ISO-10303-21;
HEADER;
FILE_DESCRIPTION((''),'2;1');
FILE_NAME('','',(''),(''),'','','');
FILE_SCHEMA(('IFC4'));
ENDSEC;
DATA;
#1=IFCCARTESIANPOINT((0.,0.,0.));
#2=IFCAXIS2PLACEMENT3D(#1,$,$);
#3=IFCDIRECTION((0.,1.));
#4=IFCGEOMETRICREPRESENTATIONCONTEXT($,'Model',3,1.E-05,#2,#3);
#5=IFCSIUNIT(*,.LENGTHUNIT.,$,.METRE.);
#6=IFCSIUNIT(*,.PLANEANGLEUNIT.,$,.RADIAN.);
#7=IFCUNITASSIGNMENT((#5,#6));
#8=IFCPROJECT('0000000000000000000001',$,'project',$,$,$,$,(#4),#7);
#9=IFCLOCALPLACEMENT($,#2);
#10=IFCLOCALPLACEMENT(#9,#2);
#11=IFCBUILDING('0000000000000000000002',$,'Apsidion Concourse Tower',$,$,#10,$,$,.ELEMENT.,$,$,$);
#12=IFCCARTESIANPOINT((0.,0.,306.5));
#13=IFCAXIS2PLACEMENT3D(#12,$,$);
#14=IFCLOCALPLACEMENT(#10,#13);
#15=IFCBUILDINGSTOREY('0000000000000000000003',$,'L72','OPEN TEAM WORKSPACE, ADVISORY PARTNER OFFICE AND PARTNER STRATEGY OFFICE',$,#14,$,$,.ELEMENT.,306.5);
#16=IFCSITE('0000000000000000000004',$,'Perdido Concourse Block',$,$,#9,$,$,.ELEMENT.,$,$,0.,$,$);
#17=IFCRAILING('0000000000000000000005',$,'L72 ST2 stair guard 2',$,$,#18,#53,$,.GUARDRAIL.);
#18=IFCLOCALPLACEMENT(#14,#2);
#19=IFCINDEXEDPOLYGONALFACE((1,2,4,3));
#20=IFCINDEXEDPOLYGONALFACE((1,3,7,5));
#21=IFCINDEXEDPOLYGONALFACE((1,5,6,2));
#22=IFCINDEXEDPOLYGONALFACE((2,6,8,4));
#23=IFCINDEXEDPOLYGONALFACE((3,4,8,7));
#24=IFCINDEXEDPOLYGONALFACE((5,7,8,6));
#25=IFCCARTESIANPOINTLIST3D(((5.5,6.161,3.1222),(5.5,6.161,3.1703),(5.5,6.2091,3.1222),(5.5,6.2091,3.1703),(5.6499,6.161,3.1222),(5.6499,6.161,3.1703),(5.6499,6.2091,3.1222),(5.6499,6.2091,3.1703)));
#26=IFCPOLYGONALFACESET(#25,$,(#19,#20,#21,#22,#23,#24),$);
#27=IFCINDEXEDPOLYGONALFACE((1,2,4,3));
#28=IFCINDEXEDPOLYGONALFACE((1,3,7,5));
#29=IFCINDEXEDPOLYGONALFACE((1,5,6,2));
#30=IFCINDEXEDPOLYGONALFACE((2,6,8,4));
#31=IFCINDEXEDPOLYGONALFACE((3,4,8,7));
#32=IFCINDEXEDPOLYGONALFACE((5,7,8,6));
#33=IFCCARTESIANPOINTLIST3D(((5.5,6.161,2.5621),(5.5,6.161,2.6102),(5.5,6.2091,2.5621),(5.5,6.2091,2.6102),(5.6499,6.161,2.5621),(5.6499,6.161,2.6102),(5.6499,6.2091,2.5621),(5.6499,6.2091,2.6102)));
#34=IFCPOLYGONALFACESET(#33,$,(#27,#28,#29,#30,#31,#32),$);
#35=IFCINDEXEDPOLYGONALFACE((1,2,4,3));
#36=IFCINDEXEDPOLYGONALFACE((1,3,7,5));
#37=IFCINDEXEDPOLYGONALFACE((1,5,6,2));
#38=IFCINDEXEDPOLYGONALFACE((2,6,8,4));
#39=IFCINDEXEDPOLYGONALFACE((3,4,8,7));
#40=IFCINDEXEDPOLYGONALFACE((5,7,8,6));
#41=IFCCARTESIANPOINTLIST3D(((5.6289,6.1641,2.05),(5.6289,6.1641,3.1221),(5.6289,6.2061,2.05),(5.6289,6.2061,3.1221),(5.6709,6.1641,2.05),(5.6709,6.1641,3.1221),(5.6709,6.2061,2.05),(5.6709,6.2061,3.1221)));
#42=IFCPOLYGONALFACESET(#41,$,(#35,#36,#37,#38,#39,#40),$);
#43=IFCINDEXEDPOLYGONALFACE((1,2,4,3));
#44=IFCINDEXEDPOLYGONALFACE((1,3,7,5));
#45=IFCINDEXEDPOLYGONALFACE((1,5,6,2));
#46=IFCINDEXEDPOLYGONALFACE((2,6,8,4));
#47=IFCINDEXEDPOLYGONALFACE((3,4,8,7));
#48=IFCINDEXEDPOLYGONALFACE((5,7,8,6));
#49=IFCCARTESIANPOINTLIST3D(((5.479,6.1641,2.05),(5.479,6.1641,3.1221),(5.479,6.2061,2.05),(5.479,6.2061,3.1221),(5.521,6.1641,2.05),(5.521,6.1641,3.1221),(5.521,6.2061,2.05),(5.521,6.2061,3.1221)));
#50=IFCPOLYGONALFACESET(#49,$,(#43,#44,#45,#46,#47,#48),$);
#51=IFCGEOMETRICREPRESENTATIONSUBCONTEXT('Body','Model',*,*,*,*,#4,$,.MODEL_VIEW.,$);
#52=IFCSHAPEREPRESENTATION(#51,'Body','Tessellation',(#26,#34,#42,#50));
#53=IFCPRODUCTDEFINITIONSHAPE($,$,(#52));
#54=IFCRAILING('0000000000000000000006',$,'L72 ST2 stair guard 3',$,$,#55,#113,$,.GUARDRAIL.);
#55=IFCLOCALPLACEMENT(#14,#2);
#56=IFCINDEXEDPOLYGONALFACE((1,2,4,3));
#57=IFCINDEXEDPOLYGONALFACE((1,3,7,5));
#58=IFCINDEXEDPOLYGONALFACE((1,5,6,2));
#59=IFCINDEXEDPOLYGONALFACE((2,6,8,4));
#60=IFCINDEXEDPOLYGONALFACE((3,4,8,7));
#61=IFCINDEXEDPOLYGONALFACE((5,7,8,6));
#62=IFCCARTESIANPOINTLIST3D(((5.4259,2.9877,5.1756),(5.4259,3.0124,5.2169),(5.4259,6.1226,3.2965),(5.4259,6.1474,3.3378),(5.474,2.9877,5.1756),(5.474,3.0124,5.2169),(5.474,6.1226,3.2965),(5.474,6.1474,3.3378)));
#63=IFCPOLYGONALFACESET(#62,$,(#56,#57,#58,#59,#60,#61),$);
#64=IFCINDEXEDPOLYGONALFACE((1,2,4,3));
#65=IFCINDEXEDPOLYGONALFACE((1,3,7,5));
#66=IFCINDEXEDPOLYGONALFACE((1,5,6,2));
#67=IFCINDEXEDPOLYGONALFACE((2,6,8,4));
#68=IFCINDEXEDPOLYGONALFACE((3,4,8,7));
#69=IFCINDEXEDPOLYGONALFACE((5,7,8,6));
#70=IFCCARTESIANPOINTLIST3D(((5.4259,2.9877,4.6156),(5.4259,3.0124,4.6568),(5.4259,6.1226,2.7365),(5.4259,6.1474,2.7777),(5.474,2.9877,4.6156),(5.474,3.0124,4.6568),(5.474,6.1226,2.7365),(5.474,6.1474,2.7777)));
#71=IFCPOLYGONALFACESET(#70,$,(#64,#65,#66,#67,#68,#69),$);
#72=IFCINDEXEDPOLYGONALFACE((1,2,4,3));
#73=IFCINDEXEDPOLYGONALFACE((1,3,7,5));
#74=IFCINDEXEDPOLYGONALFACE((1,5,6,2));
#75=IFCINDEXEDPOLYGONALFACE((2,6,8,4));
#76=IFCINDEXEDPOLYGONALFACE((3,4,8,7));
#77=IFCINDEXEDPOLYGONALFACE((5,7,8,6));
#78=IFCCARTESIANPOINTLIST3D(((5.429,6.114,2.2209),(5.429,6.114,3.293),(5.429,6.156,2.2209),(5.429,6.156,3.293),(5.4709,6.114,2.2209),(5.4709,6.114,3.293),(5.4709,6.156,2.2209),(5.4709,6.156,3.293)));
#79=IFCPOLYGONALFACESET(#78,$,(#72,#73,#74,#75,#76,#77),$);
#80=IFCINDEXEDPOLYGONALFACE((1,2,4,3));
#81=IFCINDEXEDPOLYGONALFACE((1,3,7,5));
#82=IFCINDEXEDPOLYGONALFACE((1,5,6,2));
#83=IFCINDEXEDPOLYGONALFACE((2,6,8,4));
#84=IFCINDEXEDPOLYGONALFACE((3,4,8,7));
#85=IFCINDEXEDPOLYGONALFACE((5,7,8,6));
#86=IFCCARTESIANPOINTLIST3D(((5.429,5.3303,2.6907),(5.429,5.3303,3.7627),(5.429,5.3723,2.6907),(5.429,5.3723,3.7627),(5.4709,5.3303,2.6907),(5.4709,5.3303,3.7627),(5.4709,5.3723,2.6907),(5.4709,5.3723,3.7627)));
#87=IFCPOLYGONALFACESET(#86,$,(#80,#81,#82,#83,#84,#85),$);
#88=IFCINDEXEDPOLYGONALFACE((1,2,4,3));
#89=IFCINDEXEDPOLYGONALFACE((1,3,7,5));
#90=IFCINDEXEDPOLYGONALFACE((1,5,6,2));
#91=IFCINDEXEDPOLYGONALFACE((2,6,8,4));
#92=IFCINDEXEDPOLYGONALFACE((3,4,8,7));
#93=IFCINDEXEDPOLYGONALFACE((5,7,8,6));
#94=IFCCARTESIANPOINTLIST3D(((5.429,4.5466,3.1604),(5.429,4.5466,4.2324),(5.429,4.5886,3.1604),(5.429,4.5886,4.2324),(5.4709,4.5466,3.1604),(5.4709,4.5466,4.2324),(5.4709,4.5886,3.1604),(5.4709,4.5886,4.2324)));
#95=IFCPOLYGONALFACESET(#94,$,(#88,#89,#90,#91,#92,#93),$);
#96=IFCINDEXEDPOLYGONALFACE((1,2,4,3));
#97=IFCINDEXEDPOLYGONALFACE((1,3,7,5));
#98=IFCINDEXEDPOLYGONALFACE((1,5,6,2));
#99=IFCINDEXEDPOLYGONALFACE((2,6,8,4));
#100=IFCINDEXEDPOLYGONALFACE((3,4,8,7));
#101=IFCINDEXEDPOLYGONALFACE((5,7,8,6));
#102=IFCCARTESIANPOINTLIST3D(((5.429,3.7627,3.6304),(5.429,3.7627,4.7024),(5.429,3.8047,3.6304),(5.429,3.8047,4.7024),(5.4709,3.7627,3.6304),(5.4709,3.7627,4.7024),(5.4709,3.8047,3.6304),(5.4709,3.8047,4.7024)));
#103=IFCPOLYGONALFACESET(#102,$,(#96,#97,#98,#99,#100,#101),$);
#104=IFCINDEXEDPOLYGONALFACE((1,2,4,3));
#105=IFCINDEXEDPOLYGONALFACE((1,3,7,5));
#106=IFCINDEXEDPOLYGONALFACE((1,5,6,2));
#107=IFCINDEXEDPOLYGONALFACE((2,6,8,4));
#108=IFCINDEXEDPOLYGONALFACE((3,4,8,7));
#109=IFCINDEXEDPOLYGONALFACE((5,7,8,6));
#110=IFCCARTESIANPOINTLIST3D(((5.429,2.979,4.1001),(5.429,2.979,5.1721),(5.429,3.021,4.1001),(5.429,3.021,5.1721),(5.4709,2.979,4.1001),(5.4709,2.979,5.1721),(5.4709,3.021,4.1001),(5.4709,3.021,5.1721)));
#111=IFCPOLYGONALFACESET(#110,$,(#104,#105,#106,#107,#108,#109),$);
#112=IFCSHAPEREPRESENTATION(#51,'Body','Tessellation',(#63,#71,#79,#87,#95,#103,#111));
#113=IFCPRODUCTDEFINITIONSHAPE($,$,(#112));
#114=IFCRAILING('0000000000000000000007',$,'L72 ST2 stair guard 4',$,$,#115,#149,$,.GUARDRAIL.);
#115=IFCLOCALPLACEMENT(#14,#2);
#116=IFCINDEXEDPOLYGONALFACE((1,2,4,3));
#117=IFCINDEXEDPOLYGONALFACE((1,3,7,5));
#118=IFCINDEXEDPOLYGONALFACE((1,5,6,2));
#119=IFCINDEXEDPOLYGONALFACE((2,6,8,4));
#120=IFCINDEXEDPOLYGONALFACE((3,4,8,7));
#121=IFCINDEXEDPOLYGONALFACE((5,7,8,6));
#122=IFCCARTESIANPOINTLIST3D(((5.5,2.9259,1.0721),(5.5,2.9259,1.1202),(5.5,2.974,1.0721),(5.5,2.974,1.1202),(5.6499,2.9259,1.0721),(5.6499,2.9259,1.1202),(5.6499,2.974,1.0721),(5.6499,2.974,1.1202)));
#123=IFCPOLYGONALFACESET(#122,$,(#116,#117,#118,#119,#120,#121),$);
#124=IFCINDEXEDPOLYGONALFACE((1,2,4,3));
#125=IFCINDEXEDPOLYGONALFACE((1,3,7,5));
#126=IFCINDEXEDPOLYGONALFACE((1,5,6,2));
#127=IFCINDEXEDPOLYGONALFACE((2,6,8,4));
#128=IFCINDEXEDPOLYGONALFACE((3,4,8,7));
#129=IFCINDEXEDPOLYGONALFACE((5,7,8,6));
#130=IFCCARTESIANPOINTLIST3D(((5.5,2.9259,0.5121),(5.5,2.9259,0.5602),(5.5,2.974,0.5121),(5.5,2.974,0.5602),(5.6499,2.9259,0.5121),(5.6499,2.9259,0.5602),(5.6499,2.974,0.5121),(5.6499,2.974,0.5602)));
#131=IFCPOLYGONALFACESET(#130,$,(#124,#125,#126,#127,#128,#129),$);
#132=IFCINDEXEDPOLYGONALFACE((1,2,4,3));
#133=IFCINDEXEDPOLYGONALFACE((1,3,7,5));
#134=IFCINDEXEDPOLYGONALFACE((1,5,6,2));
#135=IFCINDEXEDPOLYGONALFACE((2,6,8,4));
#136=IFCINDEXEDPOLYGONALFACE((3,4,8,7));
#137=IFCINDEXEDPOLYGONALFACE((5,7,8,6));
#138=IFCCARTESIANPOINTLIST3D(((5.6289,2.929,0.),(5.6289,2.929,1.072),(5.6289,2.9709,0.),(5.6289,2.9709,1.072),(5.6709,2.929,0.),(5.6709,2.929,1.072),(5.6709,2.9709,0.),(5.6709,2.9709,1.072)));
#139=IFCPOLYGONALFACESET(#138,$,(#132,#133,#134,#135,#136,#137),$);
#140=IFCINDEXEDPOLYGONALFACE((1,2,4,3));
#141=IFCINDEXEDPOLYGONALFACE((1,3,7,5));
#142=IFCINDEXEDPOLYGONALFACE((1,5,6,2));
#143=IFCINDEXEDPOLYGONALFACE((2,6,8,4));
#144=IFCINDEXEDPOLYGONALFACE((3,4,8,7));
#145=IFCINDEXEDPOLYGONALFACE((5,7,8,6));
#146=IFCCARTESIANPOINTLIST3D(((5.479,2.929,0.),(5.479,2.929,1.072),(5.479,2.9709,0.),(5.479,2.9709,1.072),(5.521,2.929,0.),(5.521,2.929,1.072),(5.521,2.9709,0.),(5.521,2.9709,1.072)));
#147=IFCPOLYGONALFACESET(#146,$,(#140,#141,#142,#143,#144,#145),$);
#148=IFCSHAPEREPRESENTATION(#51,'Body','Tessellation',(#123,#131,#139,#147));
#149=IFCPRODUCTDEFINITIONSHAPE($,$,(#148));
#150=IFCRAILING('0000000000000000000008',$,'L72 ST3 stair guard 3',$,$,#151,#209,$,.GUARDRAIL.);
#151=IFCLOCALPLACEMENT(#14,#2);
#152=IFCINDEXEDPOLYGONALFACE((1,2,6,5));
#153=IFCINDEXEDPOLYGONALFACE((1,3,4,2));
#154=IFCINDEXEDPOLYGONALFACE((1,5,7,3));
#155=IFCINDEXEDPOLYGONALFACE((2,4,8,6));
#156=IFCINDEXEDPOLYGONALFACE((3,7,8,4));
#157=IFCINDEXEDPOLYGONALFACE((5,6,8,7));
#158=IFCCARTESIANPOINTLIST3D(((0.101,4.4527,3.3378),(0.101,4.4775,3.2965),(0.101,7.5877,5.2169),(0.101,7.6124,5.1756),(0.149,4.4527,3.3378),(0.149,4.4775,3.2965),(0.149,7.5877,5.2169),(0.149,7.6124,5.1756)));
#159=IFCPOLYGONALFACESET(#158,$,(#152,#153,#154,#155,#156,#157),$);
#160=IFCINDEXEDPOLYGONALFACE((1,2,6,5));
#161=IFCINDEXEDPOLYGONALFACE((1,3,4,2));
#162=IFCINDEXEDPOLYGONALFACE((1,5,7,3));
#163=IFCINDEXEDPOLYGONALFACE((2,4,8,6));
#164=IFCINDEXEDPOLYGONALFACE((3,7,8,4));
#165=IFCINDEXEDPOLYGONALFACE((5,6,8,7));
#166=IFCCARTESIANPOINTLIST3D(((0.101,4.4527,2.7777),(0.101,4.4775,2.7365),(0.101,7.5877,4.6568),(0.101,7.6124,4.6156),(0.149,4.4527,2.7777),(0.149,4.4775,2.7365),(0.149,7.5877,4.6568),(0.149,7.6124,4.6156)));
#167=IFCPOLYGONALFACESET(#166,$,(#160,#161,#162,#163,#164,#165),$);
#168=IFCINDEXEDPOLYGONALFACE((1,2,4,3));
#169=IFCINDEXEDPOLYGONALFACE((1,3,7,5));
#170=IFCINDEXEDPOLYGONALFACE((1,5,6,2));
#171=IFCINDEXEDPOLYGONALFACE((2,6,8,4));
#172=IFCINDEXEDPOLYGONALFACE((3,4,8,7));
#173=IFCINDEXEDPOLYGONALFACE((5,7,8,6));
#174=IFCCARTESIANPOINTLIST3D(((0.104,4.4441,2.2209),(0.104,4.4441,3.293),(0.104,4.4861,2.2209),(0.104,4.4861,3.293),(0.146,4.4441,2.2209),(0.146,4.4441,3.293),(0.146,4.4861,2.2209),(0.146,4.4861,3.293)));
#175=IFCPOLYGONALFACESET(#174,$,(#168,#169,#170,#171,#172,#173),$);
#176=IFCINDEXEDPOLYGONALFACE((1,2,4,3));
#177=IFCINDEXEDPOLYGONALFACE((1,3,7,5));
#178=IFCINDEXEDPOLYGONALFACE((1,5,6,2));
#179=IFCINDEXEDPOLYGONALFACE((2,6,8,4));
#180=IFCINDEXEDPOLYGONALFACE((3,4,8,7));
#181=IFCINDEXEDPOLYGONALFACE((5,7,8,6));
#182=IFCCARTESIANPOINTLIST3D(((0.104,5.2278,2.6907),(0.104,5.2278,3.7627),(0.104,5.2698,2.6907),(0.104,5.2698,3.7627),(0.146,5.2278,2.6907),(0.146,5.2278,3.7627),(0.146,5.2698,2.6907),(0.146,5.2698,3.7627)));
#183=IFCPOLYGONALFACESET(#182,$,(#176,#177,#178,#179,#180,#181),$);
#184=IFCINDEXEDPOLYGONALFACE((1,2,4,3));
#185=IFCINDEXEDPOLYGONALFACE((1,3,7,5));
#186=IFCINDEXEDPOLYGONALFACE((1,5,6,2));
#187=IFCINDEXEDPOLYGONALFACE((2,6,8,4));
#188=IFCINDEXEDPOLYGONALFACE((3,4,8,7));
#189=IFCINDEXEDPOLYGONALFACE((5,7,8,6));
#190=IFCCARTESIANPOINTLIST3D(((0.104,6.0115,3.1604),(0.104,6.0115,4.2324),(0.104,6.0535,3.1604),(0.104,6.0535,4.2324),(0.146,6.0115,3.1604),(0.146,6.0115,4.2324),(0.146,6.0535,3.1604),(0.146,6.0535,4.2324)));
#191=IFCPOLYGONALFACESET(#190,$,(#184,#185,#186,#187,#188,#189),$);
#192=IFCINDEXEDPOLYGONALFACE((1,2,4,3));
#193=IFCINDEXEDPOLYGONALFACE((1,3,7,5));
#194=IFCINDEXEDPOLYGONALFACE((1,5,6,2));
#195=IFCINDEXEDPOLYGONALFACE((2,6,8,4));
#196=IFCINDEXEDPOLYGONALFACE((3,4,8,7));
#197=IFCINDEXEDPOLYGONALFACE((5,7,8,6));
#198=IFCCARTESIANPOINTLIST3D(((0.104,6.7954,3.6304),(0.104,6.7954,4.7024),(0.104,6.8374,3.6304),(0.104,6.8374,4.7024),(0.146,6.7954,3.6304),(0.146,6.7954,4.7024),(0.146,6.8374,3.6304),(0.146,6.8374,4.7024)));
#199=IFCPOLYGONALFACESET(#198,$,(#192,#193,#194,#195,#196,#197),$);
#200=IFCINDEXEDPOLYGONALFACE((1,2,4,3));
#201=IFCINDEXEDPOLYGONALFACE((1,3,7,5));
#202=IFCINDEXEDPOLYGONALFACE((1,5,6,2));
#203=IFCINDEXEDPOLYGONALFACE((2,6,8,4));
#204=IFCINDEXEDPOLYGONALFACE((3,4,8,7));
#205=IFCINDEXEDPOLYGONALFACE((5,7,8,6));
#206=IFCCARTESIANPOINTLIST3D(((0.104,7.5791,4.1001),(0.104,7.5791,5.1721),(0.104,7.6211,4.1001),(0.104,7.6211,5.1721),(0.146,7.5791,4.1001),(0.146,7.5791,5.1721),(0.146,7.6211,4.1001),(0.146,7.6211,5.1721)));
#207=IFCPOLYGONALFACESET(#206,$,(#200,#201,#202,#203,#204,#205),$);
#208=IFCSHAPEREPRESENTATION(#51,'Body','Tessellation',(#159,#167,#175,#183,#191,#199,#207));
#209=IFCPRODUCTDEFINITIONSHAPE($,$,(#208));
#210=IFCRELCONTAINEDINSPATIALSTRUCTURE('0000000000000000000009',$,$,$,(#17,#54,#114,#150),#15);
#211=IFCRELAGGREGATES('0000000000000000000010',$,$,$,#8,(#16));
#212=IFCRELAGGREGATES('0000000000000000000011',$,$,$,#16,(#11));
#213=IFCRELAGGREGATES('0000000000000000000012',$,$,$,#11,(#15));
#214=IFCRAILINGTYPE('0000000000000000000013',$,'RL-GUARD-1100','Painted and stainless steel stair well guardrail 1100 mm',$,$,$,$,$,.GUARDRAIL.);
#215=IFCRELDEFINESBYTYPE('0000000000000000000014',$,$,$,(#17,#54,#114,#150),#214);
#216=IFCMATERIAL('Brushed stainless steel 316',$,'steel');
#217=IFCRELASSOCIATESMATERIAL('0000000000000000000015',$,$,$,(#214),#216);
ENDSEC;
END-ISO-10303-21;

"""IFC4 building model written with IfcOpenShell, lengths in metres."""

from ifc_helpers import new_model, si_unit, direction, frame, origin, origin_2d, place, context, subcontext, project, spatial, rectangle, extrude, material, type_object, element, save


model = new_model("IFC4")

# Units and contexts
model_context = context("Model", 3, precision=1e-05, world=origin(), true_north=direction((0.0, 1.0)))
body_context = subcontext(model_context, "Body", "Model", "MODEL_VIEW")
ifc_project = project(units=[si_unit("LENGTHUNIT", "METRE"), si_unit("PLANEANGLEUNIT", "RADIAN")], contexts=[model_context])

# Site, building, storey
site_placement = place(None, origin())
site = spatial("IfcSite", under=ifc_project, at=site_placement, Name="Perdido Concourse Block", CompositionType="ELEMENT", RefElevation=0.0)
building_placement = place(site_placement, origin())
building = spatial("IfcBuilding", under=site, at=building_placement, Name="Apsidion Concourse Tower", CompositionType="ELEMENT")
storey_placement = place(building_placement, frame((0.0, 0.0, 306.5)))
storey = spatial("IfcBuildingStorey", under=building, at=storey_placement, Name="L72", Description="OPEN TEAM WORKSPACE, ADVISORY PARTNER OFFICE AND PARTNER STRATEGY OFFICE", CompositionType="ELEMENT", Elevation=306.5)

# Railings
ifc_material_1 = material(Name="Brushed stainless steel 316", Category="steel")
railing_type_1 = type_object("IfcRailingType", Name="RL-GUARD-1100", Description="Painted and stainless steel stair well guardrail 1100 mm", PredefinedType="GUARDRAIL", material=ifc_material_1)
railing_1_placement = place(storey_placement, frame((5.6499, 6.1851, 2.05)))
element("IfcRailing", 1, at=railing_1_placement, inside=storey, type_object=railing_type_1, Name="L72 ST2 stair guard 2", PredefinedType="GUARDRAIL", context=body_context, shape_type="SweptSolid", body=[
    extrude(rectangle(XDim=0.0481, YDim=0.0481, at=origin_2d()), frame((0.0, 0.0, 1.0962), z_axis=(-1.0, 0.0, 0.0), x_axis=(0.0, -1.0, 0.0)), (0.0, 0.0, 1.0), 0.1499),
    extrude(rectangle(XDim=0.0481, YDim=0.0481, at=origin_2d()), frame((0.0, 0.0, 0.5361), z_axis=(-1.0, 0.0, 0.0), x_axis=(0.0, -1.0, 0.0)), (0.0, 0.0, 1.0), 0.1499),
    extrude(rectangle(XDim=0.042, YDim=0.042, at=origin_2d()), origin(), (0.0, 0.0, 1.0), 1.072),
    extrude(rectangle(XDim=0.042, YDim=0.042, at=origin_2d()), frame((-0.1499, 0.0, 0.0)), (0.0, 0.0, 1.0), 1.072),
])
railing_2_placement = place(storey_placement, frame((5.45, 6.135, 2.2209)))
element("IfcRailing", 2, at=railing_2_placement, inside=storey, type_object=railing_type_1, Name="L72 ST2 stair guard 3", PredefinedType="GUARDRAIL", context=body_context, shape_type="SweptSolid", body=[
    extrude(rectangle(XDim=0.0481, YDim=0.0481, at=origin_2d()), frame((0.0, 0.0, 1.0962), z_axis=(0.0, -0.857717, 0.514122), x_axis=(1.0, 0.0, 0.0)), (0.0, 0.0, 1.0), 3.655),
    extrude(rectangle(XDim=0.0481, YDim=0.0481, at=origin_2d()), frame((0.0, 0.0, 0.5361), z_axis=(0.0, -0.857717, 0.514122), x_axis=(1.0, 0.0, 0.0)), (0.0, 0.0, 1.0), 3.655),
    extrude(rectangle(XDim=0.042, YDim=0.042, at=origin_2d()), origin(), (0.0, 0.0, 1.0), 1.072),
    extrude(rectangle(XDim=0.042, YDim=0.042, at=origin_2d()), frame((0.0, -0.7837, 0.4697)), (0.0, 0.0, 1.0), 1.072),
    extrude(rectangle(XDim=0.042, YDim=0.042, at=origin_2d()), frame((0.0, -1.5674, 0.9395)), (0.0, 0.0, 1.0), 1.072),
    extrude(rectangle(XDim=0.042, YDim=0.042, at=origin_2d()), frame((0.0, -2.3513, 1.4094)), (0.0, 0.0, 1.0), 1.072),
    extrude(rectangle(XDim=0.042, YDim=0.042, at=origin_2d()), frame((0.0, -3.135, 1.8792)), (0.0, 0.0, 1.0), 1.072),
])
railing_3_placement = place(storey_placement, frame((5.6499, 2.95, 0.0)))
element("IfcRailing", 3, at=railing_3_placement, inside=storey, type_object=railing_type_1, Name="L72 ST2 stair guard 4", PredefinedType="GUARDRAIL", context=body_context, shape_type="SweptSolid", body=[
    extrude(rectangle(XDim=0.0481, YDim=0.0481, at=origin_2d()), frame((0.0, 0.0, 1.0962), z_axis=(-1.0, 0.0, 0.0), x_axis=(0.0, -1.0, 0.0)), (0.0, 0.0, 1.0), 0.1499),
    extrude(rectangle(XDim=0.0481, YDim=0.0481, at=origin_2d()), frame((0.0, 0.0, 0.5361), z_axis=(-1.0, 0.0, 0.0), x_axis=(0.0, -1.0, 0.0)), (0.0, 0.0, 1.0), 0.1499),
    extrude(rectangle(XDim=0.042, YDim=0.042, at=origin_2d()), origin(), (0.0, 0.0, 1.0), 1.072),
    extrude(rectangle(XDim=0.042, YDim=0.042, at=origin_2d()), frame((-0.1499, 0.0, 0.0)), (0.0, 0.0, 1.0), 1.072),
])
railing_4_placement = place(storey_placement, frame((0.125, 4.4651, 2.2209)))
element("IfcRailing", 4, at=railing_4_placement, inside=storey, type_object=railing_type_1, Name="L72 ST3 stair guard 3", PredefinedType="GUARDRAIL", context=body_context, shape_type="SweptSolid", body=[
    extrude(rectangle(XDim=0.0481, YDim=0.0481, at=origin_2d()), frame((0.0, 0.0, 1.0962), z_axis=(0.0, 0.857717, 0.514122), x_axis=(-1.0, 0.0, 0.0)), (0.0, 0.0, 1.0), 3.655),
    extrude(rectangle(XDim=0.0481, YDim=0.0481, at=origin_2d()), frame((0.0, 0.0, 0.5361), z_axis=(0.0, 0.857717, 0.514122), x_axis=(-1.0, 0.0, 0.0)), (0.0, 0.0, 1.0), 3.655),
    extrude(rectangle(XDim=0.042, YDim=0.042, at=origin_2d()), origin(), (0.0, 0.0, 1.0), 1.072),
    extrude(rectangle(XDim=0.042, YDim=0.042, at=origin_2d()), frame((0.0, 0.7837, 0.4697)), (0.0, 0.0, 1.0), 1.072),
    extrude(rectangle(XDim=0.042, YDim=0.042, at=origin_2d()), frame((0.0, 1.5674, 0.9395)), (0.0, 0.0, 1.0), 1.072),
    extrude(rectangle(XDim=0.042, YDim=0.042, at=origin_2d()), frame((0.0, 2.3513, 1.4094)), (0.0, 0.0, 1.0), 1.072),
    extrude(rectangle(XDim=0.042, YDim=0.042, at=origin_2d()), frame((0.0, 3.135, 1.8792)), (0.0, 0.0, 1.0), 1.072),
])

save(model, "model.ifc")
